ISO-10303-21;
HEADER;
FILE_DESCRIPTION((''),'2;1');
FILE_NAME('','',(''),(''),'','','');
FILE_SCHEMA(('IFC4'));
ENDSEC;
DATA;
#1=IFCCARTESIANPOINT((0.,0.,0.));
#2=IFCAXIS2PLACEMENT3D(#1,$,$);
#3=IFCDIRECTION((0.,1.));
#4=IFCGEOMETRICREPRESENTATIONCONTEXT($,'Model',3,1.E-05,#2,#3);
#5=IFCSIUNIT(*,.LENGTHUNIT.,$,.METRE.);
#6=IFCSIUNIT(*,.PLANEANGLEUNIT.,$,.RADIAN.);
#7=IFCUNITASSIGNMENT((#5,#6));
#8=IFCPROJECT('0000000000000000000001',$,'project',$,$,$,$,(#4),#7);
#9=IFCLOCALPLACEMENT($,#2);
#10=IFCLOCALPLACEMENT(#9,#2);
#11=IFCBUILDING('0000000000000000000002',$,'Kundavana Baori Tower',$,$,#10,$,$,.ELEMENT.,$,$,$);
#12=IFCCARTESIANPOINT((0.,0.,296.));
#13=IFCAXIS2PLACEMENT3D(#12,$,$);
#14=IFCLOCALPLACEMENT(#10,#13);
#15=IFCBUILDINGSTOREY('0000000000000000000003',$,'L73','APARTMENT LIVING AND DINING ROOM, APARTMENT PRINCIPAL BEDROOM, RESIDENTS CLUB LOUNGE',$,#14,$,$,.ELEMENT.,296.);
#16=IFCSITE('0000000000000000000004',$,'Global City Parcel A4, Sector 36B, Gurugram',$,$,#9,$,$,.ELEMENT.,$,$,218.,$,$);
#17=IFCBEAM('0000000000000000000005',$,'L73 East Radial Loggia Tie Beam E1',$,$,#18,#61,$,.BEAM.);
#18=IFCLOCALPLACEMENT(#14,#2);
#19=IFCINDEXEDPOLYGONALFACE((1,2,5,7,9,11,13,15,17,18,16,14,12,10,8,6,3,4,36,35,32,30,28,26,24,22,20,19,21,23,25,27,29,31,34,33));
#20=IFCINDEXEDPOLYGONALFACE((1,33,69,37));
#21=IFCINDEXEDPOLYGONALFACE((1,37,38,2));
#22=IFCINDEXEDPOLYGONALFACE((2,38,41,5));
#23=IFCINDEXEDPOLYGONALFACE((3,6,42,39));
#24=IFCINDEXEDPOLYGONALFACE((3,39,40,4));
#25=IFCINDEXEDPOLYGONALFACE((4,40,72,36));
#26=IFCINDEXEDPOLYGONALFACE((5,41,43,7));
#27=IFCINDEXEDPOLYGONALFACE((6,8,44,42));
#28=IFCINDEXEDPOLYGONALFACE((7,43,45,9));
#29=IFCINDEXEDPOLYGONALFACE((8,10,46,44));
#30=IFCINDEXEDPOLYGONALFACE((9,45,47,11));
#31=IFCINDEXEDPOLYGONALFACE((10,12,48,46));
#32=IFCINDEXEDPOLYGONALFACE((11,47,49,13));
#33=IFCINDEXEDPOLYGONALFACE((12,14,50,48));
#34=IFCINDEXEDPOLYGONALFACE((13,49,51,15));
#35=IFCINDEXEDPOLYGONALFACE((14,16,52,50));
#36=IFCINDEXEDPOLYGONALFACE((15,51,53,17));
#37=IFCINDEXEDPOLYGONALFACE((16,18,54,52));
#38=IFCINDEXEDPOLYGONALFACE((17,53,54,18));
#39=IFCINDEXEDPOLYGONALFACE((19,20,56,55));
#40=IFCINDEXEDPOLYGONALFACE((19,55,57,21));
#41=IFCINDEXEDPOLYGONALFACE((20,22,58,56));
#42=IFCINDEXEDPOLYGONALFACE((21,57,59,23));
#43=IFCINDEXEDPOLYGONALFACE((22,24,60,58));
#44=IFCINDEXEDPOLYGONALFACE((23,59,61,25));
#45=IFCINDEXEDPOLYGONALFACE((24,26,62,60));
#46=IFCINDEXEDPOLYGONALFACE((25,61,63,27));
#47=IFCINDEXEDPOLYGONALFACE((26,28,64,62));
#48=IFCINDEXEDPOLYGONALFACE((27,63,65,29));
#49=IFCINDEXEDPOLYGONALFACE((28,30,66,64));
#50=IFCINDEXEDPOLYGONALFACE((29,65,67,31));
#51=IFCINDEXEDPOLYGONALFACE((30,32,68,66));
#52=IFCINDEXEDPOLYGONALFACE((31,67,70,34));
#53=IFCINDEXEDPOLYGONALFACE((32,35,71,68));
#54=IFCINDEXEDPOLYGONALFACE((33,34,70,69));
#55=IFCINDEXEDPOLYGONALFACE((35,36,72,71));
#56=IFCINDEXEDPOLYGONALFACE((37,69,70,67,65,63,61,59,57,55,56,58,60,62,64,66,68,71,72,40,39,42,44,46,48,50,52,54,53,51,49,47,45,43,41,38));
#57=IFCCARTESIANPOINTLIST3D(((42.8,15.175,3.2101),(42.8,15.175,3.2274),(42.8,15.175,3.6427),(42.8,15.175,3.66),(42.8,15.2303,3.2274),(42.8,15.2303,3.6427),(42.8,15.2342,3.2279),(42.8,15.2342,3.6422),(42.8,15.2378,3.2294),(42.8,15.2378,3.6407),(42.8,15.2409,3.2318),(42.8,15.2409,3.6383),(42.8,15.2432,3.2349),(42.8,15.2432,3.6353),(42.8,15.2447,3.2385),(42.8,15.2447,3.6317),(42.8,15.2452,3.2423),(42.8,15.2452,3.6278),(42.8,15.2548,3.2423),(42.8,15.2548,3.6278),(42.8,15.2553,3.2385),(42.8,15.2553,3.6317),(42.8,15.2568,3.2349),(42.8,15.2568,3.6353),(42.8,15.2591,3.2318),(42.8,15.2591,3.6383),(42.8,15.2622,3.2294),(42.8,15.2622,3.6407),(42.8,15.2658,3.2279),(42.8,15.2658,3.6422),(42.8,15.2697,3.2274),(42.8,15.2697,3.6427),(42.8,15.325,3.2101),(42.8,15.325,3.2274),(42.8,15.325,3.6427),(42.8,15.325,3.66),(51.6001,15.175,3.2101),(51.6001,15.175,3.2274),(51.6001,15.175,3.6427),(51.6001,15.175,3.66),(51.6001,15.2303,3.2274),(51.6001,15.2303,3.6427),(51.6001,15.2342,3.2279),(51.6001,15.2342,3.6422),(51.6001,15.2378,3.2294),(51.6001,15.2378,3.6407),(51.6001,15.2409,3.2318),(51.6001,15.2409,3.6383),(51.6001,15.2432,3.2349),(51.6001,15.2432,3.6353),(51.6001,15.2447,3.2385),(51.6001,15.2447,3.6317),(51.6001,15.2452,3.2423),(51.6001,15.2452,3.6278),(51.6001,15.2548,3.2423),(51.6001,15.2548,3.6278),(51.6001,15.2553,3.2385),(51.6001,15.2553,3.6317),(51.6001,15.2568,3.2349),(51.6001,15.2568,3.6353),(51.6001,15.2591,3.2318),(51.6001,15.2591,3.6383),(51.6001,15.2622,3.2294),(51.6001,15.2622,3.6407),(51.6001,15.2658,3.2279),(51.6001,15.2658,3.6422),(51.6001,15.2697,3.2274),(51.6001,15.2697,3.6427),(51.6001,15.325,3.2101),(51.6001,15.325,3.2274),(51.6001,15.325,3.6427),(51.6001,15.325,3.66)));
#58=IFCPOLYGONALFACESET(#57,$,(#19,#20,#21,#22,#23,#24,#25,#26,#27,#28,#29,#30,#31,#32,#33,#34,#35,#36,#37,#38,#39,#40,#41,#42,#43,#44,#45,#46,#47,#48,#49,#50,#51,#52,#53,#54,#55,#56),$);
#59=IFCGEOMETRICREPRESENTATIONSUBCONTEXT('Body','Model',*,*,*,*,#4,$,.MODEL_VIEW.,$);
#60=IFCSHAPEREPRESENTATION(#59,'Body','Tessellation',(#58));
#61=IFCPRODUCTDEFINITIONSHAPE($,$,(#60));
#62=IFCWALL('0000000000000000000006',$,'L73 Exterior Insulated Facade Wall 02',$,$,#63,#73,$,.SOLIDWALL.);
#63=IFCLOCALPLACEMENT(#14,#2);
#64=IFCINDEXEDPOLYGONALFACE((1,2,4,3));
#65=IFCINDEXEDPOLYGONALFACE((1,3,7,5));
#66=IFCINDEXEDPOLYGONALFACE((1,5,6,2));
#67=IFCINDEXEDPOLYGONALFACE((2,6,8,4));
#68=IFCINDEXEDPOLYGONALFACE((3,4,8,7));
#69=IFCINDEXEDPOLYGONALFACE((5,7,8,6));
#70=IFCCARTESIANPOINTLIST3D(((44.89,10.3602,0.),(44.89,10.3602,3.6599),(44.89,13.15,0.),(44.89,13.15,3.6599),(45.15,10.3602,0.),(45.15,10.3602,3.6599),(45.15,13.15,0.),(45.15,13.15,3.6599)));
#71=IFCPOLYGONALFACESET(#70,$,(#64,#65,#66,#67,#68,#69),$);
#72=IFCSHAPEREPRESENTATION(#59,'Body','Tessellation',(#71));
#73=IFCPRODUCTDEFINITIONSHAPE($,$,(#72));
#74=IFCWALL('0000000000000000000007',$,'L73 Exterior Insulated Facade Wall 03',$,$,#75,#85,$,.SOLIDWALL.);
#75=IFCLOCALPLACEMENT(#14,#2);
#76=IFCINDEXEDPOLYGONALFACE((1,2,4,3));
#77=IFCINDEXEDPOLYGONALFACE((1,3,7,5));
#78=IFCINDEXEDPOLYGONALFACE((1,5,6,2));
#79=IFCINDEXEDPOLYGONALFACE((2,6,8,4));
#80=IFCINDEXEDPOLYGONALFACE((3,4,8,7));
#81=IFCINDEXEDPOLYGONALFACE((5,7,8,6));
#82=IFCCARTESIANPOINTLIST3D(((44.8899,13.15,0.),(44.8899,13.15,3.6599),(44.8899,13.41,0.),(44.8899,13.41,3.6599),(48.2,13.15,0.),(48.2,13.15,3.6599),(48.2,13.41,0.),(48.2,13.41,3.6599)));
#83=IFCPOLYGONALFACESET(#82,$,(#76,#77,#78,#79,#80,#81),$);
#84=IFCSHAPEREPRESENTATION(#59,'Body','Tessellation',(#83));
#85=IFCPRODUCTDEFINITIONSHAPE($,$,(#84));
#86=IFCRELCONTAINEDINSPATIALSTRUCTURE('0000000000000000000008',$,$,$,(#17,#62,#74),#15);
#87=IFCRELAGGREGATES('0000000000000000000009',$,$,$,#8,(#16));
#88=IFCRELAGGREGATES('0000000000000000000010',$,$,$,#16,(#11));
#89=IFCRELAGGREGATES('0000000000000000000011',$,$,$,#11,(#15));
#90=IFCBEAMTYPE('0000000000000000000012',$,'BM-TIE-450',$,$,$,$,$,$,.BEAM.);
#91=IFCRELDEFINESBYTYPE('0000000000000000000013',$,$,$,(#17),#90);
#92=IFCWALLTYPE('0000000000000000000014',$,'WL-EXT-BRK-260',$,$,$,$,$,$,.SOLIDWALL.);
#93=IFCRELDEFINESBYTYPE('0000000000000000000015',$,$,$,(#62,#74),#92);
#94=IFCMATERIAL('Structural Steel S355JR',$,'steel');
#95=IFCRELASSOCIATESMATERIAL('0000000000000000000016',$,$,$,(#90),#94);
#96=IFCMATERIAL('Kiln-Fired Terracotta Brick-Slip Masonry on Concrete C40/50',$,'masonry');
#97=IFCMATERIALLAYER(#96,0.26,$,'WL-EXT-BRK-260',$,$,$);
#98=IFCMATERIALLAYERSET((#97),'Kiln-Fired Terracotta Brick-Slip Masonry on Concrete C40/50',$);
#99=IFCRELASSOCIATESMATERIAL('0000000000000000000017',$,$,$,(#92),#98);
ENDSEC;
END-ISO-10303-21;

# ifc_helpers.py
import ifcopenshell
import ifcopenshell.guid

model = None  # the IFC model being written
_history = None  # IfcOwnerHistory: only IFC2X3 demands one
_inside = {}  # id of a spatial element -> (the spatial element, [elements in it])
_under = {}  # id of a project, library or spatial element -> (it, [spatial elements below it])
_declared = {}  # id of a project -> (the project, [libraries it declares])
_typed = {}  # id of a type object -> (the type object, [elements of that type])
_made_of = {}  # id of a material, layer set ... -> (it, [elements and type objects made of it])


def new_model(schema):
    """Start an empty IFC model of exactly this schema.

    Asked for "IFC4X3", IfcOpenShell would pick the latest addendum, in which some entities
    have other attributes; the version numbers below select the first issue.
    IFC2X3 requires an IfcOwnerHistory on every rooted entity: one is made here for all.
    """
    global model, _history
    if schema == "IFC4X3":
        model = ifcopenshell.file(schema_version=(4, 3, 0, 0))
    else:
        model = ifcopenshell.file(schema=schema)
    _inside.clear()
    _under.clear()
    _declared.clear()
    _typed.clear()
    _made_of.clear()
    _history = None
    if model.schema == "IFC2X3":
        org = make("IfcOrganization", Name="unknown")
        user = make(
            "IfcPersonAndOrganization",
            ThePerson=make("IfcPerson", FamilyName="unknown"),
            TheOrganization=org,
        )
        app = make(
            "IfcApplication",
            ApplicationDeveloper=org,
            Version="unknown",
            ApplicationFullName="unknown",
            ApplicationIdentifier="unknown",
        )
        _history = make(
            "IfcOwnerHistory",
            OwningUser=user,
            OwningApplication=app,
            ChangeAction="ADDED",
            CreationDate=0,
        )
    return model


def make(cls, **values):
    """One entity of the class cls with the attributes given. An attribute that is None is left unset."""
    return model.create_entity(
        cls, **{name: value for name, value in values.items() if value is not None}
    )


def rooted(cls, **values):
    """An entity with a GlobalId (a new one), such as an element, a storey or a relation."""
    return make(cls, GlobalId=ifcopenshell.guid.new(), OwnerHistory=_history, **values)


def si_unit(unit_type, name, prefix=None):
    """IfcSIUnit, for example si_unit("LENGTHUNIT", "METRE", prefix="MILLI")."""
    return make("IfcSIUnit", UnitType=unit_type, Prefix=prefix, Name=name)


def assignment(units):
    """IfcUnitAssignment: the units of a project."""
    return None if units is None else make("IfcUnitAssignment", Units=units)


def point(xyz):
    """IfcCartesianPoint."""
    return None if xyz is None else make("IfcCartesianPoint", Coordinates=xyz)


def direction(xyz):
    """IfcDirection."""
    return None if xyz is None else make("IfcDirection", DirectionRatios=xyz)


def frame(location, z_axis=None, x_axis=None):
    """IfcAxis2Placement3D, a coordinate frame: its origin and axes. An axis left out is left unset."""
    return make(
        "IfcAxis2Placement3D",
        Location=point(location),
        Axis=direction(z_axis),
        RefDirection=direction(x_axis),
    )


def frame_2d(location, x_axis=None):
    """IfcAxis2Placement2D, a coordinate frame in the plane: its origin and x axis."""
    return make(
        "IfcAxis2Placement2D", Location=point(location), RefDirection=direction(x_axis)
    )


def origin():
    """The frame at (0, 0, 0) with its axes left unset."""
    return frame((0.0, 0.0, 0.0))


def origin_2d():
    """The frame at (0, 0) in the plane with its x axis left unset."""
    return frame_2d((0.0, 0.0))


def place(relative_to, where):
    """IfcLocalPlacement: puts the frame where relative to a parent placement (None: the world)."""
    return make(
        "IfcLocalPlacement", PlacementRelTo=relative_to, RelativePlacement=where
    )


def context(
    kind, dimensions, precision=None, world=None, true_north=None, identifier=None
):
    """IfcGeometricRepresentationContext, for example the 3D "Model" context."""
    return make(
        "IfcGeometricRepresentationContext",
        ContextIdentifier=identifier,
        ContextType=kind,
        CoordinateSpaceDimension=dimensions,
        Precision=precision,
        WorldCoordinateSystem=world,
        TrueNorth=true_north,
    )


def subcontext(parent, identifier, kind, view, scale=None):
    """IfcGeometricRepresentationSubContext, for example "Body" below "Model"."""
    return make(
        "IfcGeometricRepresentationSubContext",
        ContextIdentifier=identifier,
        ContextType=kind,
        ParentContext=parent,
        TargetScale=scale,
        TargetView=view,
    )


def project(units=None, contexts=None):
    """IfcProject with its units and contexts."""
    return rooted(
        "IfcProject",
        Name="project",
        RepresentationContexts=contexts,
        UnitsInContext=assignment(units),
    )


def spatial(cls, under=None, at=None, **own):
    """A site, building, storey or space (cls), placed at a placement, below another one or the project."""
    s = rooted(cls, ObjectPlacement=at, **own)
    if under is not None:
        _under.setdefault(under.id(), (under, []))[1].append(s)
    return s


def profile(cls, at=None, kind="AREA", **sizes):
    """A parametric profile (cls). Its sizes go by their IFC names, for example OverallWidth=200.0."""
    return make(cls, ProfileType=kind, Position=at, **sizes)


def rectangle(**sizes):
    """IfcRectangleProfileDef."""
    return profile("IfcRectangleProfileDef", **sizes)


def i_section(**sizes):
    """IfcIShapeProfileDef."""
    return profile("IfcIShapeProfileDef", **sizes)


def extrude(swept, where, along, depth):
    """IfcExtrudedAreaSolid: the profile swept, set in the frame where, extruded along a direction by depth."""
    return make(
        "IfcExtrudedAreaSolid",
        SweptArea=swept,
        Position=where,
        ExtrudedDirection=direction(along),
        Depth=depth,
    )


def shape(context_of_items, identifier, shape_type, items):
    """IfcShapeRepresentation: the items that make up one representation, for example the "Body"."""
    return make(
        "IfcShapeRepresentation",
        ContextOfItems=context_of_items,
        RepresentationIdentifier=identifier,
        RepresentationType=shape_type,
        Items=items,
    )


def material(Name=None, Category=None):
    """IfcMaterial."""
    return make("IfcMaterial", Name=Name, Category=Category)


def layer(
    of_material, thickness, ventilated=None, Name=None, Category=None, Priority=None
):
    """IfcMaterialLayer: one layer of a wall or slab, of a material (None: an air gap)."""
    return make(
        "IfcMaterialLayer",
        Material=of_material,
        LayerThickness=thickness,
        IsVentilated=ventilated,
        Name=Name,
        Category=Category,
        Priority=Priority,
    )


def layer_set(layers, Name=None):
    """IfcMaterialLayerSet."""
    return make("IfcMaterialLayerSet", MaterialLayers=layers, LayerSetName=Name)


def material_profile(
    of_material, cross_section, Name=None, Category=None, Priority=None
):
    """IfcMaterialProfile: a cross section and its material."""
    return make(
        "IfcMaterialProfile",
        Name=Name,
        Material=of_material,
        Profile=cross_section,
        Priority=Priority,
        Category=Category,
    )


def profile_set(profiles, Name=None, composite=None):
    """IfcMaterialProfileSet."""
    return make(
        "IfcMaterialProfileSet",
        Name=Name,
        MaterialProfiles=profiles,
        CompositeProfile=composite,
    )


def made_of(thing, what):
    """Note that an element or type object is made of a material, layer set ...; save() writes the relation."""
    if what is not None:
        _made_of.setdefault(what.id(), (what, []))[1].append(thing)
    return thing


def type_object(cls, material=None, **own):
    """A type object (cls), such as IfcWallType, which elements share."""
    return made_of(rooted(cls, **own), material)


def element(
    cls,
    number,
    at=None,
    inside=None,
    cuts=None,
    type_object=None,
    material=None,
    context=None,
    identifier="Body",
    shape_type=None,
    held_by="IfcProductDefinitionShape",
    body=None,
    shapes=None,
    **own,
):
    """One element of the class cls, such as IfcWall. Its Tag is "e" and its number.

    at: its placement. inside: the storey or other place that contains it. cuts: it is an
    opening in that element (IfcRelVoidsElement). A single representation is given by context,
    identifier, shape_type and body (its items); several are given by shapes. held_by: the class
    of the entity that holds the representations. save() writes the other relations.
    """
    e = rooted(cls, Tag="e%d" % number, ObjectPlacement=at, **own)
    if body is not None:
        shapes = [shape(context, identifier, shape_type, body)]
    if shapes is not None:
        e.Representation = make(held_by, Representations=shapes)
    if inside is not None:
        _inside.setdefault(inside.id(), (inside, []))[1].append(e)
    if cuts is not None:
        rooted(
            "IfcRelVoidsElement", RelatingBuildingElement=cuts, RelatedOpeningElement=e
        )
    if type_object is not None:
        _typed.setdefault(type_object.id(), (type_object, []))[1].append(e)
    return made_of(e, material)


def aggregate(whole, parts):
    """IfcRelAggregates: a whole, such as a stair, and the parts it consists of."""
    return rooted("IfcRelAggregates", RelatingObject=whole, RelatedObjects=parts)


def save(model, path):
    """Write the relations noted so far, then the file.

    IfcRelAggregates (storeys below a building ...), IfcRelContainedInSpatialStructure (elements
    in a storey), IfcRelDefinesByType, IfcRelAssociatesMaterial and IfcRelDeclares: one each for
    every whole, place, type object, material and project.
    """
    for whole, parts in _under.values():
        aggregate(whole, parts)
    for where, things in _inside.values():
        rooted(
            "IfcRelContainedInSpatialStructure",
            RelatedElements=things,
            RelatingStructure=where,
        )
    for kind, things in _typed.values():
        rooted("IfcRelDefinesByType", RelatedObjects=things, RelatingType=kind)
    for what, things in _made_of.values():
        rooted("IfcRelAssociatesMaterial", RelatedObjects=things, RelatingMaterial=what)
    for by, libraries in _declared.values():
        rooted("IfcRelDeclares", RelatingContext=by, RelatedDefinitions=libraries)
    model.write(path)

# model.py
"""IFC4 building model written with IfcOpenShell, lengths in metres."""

from ifc_helpers import new_model, si_unit, direction, frame, frame_2d, origin, origin_2d, place, context, subcontext, project, spatial, rectangle, i_section, extrude, material, layer, layer_set, material_profile, profile_set, type_object, element, save


model = new_model("IFC4")

# Units and contexts
model_context = context("Model", 3, precision=1e-05, world=origin(), true_north=direction((0.0, 1.0)))
body_context = subcontext(model_context, "Body", "Model", "MODEL_VIEW")
ifc_project = project(units=[si_unit("LENGTHUNIT", "METRE"), si_unit("PLANEANGLEUNIT", "RADIAN")], contexts=[model_context])

# Site, building, storey
site_placement = place(None, origin())
site = spatial("IfcSite", under=ifc_project, at=site_placement, Name="Global City Parcel A4, Sector 36B, Gurugram", CompositionType="ELEMENT", RefElevation=218.0)
building_placement = place(site_placement, origin())
building = spatial("IfcBuilding", under=site, at=building_placement, Name="Kundavana Baori Tower", CompositionType="ELEMENT")
storey_placement = place(building_placement, frame((0.0, 0.0, 296.0)))
storey = spatial("IfcBuildingStorey", under=building, at=storey_placement, Name="L73", Description="APARTMENT LIVING AND DINING ROOM, APARTMENT PRINCIPAL BEDROOM, RESIDENTS CLUB LOUNGE", CompositionType="ELEMENT", Elevation=296.0)

# Beam
ifc_material_1 = material(Name="Structural Steel S355JR", Category="steel")
ifc_material_profile_1 = material_profile(ifc_material_1, i_section(OverallWidth=0.1499, OverallDepth=0.45, WebThickness=0.0095, FlangeThickness=0.0173, FilletRadius=0.0149, at=origin_2d()), Name="ISMB 450")
ifc_profile_set_1 = profile_set([ifc_material_profile_1], Name="Structural Steel S355JR")
beam_type_1 = type_object("IfcBeamType", Name="BM-TIE-450", PredefinedType="BEAM", material=ifc_profile_set_1)
beam_1_placement = place(storey_placement, frame((42.8, 15.25, 3.4351), z_axis=(1.0, 0.0, 0.0), x_axis=(0.0, 1.0, 0.0)))
element("IfcBeam", 1, at=beam_1_placement, inside=storey, type_object=beam_type_1, Name="L73 East Radial Loggia Tie Beam E1", PredefinedType="BEAM", context=body_context, shape_type="SweptSolid", body=[
    extrude(i_section(OverallWidth=0.1499, OverallDepth=0.45, WebThickness=0.0095, FlangeThickness=0.0173, FilletRadius=0.0149, at=origin_2d()), origin(), (0.0, 0.0, 1.0), 8.8),
])

# Walls
ifc_material_2 = material(Name="Kiln-Fired Terracotta Brick-Slip Masonry on Concrete C40/50", Category="masonry")
ifc_layer_1 = layer(ifc_material_2, 0.26, Name="WL-EXT-BRK-260")
ifc_layer_set_1 = layer_set([ifc_layer_1], Name="Kiln-Fired Terracotta Brick-Slip Masonry on Concrete C40/50")
wall_type_1 = type_object("IfcWallType", Name="WL-EXT-BRK-260", PredefinedType="SOLIDWALL", material=ifc_layer_set_1)
wall_1_placement = place(storey_placement, frame((45.02, 10.3601, 0.0), z_axis=(0.0, 0.0, 1.0), x_axis=(0.0, 1.0, 0.0)))
element("IfcWall", 2, at=wall_1_placement, inside=storey, type_object=wall_type_1, Name="L73 Exterior Insulated Facade Wall 02", PredefinedType="SOLIDWALL", context=body_context, shape_type="SweptSolid", body=[
    extrude(rectangle(XDim=2.7898, YDim=0.26, at=frame_2d((1.395, 0.0))), origin(), (0.0, 0.0, 1.0), 3.6599),
])
wall_2_placement = place(storey_placement, frame((44.8899, 13.28, 0.0), z_axis=(0.0, 0.0, 1.0), x_axis=(1.0, 0.0, 0.0)))
element("IfcWall", 3, at=wall_2_placement, inside=storey, type_object=wall_type_1, Name="L73 Exterior Insulated Facade Wall 03", PredefinedType="SOLIDWALL", context=body_context, shape_type="SweptSolid", body=[
    extrude(rectangle(XDim=3.3101, YDim=0.26, at=frame_2d((1.655, 0.0))), origin(), (0.0, 0.0, 1.0), 3.6599),
])

save(model, "model.ifc")
